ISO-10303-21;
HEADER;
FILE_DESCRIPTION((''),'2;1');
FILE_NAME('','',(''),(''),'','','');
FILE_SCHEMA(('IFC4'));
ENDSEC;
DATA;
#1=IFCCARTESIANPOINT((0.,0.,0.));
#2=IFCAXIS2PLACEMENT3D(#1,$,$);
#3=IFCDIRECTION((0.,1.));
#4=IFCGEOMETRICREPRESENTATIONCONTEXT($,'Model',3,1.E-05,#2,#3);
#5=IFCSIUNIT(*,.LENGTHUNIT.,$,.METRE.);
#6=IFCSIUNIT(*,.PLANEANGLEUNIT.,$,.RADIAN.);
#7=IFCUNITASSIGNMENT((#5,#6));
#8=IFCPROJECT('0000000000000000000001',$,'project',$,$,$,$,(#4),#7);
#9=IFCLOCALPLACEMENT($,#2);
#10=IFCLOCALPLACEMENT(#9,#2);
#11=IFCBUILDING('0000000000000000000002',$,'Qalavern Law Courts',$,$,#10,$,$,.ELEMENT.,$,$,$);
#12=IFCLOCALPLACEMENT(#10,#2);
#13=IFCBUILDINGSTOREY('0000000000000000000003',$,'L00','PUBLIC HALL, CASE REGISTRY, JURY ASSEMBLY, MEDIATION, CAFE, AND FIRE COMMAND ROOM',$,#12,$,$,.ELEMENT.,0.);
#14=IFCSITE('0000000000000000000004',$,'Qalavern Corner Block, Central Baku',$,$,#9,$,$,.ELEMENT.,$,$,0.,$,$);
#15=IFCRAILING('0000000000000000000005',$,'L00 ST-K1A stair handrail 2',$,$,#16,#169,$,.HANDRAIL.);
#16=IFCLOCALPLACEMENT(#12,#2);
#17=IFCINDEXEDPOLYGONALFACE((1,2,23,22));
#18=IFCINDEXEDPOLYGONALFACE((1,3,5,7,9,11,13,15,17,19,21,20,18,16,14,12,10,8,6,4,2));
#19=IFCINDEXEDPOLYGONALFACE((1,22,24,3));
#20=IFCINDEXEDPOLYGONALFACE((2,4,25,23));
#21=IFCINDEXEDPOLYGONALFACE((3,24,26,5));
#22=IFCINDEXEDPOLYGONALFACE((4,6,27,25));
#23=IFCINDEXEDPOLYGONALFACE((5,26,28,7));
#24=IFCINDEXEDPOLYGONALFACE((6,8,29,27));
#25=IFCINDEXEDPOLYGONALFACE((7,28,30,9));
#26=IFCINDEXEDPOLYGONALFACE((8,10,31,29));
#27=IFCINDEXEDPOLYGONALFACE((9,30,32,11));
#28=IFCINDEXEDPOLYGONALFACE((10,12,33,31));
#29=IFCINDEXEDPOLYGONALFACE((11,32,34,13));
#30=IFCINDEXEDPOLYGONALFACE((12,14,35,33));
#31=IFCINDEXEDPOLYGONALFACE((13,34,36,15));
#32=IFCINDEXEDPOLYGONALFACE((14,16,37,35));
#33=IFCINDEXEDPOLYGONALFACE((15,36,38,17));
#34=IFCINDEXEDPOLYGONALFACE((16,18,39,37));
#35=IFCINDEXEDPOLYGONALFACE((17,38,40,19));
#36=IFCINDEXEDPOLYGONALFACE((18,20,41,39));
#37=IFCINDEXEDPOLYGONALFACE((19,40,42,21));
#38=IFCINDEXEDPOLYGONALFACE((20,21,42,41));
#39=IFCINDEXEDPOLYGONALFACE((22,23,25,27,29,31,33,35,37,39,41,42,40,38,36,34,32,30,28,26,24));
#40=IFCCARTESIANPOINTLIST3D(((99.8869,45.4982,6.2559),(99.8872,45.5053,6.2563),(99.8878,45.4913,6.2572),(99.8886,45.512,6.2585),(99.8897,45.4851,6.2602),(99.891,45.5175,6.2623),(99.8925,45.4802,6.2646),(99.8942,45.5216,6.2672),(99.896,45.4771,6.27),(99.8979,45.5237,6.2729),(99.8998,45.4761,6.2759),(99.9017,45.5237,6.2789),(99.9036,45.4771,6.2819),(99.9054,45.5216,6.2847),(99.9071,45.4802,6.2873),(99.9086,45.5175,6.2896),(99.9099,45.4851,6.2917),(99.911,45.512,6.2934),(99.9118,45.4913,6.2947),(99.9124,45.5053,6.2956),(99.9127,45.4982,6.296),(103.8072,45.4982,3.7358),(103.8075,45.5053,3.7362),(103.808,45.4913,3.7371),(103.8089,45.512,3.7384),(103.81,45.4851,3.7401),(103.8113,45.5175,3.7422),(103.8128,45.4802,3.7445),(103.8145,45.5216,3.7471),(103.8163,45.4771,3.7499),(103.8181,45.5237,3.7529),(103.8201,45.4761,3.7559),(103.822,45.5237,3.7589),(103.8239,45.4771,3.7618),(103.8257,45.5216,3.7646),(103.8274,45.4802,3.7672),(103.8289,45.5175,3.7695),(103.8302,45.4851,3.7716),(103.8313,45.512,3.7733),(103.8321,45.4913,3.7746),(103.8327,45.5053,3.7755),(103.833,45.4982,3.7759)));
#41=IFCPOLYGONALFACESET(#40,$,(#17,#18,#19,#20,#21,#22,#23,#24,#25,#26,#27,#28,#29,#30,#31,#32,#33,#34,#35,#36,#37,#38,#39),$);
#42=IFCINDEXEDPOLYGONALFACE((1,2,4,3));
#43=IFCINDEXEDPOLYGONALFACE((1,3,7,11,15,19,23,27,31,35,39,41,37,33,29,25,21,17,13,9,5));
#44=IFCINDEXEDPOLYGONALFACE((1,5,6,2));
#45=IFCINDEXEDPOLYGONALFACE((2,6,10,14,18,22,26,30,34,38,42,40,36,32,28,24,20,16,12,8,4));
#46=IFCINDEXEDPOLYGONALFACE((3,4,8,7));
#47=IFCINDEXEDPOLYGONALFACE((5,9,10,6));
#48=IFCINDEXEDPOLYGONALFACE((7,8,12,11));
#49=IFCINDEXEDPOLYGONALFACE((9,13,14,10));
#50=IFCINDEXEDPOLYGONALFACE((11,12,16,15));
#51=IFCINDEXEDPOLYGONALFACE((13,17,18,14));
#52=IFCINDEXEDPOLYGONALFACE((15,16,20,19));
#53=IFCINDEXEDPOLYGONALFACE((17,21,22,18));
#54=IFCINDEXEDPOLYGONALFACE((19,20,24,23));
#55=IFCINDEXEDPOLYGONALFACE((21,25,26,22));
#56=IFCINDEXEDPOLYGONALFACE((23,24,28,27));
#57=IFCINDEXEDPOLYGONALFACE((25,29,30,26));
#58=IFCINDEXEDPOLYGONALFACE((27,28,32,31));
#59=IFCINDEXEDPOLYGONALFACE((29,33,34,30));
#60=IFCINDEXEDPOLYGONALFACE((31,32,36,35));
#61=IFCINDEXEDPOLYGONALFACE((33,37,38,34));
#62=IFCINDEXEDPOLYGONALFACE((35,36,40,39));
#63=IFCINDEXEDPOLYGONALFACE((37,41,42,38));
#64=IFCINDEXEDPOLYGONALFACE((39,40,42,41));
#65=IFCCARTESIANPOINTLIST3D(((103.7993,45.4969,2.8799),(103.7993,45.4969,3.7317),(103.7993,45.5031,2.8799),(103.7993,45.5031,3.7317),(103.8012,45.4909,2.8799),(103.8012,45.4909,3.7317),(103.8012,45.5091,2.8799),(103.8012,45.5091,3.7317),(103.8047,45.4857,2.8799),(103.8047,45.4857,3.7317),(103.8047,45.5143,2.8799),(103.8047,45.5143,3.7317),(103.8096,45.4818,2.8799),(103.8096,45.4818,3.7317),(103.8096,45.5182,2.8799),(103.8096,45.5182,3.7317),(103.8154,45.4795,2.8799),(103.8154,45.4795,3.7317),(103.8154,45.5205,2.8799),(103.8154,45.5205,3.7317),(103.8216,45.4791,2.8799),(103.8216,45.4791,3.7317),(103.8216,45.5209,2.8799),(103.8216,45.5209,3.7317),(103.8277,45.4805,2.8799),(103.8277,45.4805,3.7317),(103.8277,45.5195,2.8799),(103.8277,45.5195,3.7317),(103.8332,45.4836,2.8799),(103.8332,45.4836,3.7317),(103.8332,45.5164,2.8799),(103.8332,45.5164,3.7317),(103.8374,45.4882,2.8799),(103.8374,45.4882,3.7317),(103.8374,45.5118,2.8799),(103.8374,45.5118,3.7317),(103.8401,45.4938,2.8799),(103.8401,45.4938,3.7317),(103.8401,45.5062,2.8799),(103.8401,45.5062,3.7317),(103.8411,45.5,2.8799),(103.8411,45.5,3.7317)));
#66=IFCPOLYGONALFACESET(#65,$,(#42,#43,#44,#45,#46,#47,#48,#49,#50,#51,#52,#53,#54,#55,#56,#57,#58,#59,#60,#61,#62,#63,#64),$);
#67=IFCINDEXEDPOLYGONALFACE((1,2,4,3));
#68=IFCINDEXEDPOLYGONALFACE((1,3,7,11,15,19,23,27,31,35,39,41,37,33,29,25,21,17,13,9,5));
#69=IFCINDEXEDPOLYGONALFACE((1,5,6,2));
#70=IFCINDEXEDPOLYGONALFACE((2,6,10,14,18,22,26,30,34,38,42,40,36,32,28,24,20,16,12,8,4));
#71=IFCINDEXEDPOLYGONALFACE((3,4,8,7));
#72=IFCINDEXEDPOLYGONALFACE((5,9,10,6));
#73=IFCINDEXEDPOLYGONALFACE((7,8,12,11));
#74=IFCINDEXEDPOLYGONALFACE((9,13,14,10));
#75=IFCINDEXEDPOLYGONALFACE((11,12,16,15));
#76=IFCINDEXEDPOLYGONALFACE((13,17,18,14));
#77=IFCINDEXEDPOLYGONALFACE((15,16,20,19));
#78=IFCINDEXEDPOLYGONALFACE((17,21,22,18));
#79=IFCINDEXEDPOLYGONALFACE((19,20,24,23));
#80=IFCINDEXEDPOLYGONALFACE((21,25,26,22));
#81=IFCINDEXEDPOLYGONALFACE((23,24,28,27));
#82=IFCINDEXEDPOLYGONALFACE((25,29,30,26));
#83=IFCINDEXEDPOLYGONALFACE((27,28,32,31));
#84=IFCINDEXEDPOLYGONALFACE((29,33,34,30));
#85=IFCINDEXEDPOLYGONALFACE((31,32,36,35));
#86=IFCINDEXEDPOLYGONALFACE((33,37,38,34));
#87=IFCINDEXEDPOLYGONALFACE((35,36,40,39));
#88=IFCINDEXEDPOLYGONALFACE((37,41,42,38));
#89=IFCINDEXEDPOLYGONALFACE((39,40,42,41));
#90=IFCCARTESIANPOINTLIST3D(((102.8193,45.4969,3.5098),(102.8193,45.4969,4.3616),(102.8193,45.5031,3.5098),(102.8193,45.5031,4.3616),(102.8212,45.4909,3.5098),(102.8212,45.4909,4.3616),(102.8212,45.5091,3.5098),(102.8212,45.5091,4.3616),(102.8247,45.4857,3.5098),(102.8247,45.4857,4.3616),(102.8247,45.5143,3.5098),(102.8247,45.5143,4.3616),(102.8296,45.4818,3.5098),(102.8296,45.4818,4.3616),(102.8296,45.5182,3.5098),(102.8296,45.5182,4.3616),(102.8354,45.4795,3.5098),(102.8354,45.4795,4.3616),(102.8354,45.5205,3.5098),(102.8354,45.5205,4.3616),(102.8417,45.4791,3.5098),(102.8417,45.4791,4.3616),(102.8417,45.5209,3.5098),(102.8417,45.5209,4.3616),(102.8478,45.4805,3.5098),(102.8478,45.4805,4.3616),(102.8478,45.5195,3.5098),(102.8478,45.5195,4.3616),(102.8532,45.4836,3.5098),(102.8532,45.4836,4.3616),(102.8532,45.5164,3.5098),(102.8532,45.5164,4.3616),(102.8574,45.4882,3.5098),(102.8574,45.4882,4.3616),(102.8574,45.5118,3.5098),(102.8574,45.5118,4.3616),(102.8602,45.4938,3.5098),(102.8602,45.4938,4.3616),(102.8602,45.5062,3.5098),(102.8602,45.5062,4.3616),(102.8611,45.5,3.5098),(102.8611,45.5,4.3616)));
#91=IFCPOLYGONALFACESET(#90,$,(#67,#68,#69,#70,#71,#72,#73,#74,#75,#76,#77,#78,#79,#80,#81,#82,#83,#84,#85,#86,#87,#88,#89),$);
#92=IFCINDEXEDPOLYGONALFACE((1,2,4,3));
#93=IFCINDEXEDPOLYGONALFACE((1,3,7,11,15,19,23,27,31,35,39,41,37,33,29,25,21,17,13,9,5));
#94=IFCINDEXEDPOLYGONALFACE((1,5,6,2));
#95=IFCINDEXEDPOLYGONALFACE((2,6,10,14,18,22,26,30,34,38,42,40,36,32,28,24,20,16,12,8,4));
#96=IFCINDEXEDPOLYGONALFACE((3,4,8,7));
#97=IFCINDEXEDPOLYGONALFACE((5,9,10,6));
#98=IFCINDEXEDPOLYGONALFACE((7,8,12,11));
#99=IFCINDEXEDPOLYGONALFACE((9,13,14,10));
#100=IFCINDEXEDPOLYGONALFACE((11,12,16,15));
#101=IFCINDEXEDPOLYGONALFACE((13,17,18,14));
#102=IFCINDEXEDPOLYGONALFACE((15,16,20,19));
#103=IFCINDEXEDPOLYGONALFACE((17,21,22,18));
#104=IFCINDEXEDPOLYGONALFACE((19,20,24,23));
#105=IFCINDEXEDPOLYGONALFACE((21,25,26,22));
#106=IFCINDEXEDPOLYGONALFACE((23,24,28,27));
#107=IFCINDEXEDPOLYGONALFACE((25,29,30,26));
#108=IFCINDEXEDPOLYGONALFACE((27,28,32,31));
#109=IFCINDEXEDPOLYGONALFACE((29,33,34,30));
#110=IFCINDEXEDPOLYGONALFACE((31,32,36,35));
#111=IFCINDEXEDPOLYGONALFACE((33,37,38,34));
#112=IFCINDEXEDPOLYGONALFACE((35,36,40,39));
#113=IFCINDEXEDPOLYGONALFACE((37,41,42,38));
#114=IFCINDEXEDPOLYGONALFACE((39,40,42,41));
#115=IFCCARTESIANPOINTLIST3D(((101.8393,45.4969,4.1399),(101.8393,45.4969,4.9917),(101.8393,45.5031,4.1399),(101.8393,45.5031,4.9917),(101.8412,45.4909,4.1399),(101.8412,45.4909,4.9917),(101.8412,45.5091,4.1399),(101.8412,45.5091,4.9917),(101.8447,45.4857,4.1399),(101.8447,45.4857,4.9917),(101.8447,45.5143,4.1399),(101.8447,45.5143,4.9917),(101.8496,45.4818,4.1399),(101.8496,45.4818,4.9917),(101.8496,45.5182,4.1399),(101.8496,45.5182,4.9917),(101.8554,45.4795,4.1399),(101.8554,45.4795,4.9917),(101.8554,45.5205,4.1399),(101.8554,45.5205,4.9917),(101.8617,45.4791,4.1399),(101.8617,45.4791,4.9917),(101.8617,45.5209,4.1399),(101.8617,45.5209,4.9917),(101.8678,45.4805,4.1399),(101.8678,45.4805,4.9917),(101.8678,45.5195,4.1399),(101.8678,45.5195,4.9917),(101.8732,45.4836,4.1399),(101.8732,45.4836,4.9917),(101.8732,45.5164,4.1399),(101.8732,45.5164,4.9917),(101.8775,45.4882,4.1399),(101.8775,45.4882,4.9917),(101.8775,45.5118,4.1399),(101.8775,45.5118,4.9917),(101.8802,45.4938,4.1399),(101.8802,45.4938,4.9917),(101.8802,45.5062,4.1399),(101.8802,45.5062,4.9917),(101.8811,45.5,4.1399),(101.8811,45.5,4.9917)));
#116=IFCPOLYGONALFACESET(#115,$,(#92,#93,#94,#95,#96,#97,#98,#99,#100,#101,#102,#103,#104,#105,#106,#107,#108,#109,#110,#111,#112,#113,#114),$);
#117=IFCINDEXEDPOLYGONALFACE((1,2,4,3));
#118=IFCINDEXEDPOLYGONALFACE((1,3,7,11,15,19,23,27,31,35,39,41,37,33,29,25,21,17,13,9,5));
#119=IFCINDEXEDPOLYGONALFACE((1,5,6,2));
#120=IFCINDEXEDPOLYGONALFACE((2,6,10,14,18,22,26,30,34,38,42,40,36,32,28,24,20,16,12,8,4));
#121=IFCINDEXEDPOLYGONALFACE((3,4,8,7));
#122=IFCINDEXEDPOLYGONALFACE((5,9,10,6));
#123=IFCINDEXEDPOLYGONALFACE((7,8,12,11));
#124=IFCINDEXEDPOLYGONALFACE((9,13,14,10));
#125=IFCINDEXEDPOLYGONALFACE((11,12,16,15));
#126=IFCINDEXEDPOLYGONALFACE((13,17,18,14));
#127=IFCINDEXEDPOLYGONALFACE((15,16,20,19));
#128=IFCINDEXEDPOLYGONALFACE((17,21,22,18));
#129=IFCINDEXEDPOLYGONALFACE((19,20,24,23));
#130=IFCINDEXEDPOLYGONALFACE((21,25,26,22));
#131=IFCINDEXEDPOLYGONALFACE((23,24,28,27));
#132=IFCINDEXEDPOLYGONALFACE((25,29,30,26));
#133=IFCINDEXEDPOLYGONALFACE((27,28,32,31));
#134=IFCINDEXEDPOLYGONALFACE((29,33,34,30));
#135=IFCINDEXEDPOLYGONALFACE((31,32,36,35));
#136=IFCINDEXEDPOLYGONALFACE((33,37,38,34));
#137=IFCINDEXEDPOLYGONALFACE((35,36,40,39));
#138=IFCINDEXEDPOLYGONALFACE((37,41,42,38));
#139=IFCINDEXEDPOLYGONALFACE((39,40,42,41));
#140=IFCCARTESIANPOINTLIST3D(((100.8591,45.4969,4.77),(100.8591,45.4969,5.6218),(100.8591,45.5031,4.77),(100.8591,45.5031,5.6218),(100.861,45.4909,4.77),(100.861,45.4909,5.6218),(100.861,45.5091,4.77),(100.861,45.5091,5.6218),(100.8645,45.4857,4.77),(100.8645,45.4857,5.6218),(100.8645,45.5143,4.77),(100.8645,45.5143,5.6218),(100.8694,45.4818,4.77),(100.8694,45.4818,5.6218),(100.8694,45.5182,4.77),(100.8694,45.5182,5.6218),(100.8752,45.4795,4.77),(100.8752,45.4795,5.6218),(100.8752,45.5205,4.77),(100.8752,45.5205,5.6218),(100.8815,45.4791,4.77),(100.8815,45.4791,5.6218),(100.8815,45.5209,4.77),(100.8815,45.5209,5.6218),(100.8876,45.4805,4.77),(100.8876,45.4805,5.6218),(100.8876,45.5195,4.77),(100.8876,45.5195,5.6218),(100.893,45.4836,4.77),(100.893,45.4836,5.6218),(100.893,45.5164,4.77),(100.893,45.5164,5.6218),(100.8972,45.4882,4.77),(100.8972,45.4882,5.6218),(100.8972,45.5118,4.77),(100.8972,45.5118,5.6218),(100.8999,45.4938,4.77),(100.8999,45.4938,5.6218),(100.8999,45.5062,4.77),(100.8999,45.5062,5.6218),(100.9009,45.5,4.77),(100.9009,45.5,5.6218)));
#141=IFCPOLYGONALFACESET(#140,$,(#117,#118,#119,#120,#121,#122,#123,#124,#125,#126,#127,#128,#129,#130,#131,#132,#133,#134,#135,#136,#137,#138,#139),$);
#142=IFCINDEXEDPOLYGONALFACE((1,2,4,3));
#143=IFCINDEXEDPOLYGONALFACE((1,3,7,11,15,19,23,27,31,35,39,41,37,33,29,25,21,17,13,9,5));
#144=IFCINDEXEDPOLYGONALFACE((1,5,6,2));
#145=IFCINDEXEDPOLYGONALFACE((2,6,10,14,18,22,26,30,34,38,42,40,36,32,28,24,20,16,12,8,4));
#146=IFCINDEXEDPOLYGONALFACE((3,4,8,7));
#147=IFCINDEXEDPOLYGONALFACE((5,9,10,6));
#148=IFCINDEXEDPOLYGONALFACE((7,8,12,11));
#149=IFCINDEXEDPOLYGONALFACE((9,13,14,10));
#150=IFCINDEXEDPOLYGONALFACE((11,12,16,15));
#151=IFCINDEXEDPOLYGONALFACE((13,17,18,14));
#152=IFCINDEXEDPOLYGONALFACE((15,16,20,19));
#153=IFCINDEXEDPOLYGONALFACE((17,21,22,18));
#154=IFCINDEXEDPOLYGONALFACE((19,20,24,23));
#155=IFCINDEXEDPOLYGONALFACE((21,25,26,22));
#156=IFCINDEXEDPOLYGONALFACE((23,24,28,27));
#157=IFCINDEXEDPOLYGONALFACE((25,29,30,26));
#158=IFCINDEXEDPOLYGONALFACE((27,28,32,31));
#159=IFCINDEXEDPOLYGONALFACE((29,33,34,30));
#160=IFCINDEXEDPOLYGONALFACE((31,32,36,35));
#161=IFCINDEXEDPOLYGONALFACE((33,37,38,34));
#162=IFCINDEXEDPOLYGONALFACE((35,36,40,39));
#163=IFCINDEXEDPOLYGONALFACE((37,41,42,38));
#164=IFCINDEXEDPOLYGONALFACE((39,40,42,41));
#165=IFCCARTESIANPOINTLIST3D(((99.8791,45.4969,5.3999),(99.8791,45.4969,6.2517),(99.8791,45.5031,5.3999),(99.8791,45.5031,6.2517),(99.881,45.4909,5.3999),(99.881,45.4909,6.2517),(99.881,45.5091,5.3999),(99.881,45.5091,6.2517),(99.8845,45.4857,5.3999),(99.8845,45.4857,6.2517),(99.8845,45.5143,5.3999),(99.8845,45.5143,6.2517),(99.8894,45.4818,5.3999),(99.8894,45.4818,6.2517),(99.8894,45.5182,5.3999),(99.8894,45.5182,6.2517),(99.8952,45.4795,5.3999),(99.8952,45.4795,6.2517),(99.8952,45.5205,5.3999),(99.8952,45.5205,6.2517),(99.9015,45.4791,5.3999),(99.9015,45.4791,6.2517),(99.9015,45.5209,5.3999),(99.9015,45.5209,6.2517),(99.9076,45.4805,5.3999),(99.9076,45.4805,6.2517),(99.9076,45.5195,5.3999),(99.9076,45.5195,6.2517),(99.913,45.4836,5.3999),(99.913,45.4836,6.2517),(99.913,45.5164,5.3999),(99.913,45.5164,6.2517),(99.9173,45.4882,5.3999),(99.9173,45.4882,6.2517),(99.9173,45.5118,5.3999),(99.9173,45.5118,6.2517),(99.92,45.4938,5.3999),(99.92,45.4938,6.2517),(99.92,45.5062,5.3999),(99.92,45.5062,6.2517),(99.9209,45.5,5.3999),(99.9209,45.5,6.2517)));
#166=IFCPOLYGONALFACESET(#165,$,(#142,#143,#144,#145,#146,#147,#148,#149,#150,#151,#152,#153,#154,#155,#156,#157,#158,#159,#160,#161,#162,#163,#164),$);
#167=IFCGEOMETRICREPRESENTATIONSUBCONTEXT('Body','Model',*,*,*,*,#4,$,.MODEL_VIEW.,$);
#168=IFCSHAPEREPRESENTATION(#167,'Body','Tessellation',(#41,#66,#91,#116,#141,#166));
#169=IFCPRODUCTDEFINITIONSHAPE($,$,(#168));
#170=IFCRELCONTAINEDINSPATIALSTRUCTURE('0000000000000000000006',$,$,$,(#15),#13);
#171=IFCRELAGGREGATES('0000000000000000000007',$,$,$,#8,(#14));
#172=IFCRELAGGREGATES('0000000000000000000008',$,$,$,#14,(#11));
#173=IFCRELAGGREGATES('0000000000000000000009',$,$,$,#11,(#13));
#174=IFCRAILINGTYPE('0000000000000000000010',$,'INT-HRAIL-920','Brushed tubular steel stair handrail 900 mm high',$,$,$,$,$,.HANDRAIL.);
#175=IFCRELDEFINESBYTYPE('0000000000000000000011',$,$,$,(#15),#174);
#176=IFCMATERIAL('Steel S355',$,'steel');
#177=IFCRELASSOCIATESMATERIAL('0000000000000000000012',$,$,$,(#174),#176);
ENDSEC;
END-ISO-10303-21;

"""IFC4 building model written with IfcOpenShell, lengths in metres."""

from ifc_helpers import new_model, si_unit, direction, frame, origin, origin_2d, place, context, subcontext, project, spatial, circle, extrude, material, type_object, element, save


model = new_model("IFC4")

# Units and contexts
model_context = context("Model", 3, precision=1e-05, world=origin(), true_north=direction((0.0, 1.0)))
body_context = subcontext(model_context, "Body", "Model", "MODEL_VIEW")
ifc_project = project(units=[si_unit("LENGTHUNIT", "METRE"), si_unit("PLANEANGLEUNIT", "RADIAN")], contexts=[model_context])

# Site, building, storey
site_placement = place(None, origin())
site = spatial("IfcSite", under=ifc_project, at=site_placement, Name="Qalavern Corner Block, Central Baku", CompositionType="ELEMENT", RefElevation=0.0)
building_placement = place(site_placement, origin())
building = spatial("IfcBuilding", under=site, at=building_placement, Name="Qalavern Law Courts", CompositionType="ELEMENT")
storey_placement = place(building_placement, origin())
storey = spatial("IfcBuildingStorey", under=building, at=storey_placement, Name="L00", Description="PUBLIC HALL, CASE REGISTRY, JURY ASSEMBLY, MEDIATION, CAFE, AND FIRE COMMAND ROOM", CompositionType="ELEMENT", Elevation=0.0)

# Shared definitions
ifc_material_1 = material(Name="Steel S355", Category="steel")

# Railing
railing_type_1 = type_object("IfcRailingType", Name="INT-HRAIL-920", Description="Brushed tubular steel stair handrail 900 mm high", PredefinedType="HANDRAIL", material=ifc_material_1)
railing_1_placement = place(storey_placement, frame((103.8201, 45.5, 2.8799)))
element("IfcRailing", 1, at=railing_1_placement, inside=storey, type_object=railing_type_1, Name="L00 ST-K1A stair handrail 2", PredefinedType="HANDRAIL", context=body_context, shape_type="SweptSolid", body=[
    extrude(circle(Radius=0.0239, at=origin_2d()), frame((0.0, 0.0, 0.876), z_axis=(-0.841187, 0.0, 0.540744), x_axis=(0.0, -1.0, 0.0)), (0.0, 0.0, 1.0), 4.6604),
    extrude(circle(Radius=0.021, at=origin_2d()), origin(), (0.0, 0.0, 1.0), 0.8518),
    extrude(circle(Radius=0.021, at=origin_2d()), frame((-0.98, 0.0, 0.6299)), (0.0, 0.0, 1.0), 0.8518),
    extrude(circle(Radius=0.021, at=origin_2d()), frame((-1.96, 0.0, 1.26)), (0.0, 0.0, 1.0), 0.8518),
    extrude(circle(Radius=0.021, at=origin_2d()), frame((-2.9402, 0.0, 1.8901)), (0.0, 0.0, 1.0), 0.8518),
    extrude(circle(Radius=0.021, at=origin_2d()), frame((-3.9202, 0.0, 2.52)), (0.0, 0.0, 1.0), 0.8518),
])

save(model, "model.ifc")
